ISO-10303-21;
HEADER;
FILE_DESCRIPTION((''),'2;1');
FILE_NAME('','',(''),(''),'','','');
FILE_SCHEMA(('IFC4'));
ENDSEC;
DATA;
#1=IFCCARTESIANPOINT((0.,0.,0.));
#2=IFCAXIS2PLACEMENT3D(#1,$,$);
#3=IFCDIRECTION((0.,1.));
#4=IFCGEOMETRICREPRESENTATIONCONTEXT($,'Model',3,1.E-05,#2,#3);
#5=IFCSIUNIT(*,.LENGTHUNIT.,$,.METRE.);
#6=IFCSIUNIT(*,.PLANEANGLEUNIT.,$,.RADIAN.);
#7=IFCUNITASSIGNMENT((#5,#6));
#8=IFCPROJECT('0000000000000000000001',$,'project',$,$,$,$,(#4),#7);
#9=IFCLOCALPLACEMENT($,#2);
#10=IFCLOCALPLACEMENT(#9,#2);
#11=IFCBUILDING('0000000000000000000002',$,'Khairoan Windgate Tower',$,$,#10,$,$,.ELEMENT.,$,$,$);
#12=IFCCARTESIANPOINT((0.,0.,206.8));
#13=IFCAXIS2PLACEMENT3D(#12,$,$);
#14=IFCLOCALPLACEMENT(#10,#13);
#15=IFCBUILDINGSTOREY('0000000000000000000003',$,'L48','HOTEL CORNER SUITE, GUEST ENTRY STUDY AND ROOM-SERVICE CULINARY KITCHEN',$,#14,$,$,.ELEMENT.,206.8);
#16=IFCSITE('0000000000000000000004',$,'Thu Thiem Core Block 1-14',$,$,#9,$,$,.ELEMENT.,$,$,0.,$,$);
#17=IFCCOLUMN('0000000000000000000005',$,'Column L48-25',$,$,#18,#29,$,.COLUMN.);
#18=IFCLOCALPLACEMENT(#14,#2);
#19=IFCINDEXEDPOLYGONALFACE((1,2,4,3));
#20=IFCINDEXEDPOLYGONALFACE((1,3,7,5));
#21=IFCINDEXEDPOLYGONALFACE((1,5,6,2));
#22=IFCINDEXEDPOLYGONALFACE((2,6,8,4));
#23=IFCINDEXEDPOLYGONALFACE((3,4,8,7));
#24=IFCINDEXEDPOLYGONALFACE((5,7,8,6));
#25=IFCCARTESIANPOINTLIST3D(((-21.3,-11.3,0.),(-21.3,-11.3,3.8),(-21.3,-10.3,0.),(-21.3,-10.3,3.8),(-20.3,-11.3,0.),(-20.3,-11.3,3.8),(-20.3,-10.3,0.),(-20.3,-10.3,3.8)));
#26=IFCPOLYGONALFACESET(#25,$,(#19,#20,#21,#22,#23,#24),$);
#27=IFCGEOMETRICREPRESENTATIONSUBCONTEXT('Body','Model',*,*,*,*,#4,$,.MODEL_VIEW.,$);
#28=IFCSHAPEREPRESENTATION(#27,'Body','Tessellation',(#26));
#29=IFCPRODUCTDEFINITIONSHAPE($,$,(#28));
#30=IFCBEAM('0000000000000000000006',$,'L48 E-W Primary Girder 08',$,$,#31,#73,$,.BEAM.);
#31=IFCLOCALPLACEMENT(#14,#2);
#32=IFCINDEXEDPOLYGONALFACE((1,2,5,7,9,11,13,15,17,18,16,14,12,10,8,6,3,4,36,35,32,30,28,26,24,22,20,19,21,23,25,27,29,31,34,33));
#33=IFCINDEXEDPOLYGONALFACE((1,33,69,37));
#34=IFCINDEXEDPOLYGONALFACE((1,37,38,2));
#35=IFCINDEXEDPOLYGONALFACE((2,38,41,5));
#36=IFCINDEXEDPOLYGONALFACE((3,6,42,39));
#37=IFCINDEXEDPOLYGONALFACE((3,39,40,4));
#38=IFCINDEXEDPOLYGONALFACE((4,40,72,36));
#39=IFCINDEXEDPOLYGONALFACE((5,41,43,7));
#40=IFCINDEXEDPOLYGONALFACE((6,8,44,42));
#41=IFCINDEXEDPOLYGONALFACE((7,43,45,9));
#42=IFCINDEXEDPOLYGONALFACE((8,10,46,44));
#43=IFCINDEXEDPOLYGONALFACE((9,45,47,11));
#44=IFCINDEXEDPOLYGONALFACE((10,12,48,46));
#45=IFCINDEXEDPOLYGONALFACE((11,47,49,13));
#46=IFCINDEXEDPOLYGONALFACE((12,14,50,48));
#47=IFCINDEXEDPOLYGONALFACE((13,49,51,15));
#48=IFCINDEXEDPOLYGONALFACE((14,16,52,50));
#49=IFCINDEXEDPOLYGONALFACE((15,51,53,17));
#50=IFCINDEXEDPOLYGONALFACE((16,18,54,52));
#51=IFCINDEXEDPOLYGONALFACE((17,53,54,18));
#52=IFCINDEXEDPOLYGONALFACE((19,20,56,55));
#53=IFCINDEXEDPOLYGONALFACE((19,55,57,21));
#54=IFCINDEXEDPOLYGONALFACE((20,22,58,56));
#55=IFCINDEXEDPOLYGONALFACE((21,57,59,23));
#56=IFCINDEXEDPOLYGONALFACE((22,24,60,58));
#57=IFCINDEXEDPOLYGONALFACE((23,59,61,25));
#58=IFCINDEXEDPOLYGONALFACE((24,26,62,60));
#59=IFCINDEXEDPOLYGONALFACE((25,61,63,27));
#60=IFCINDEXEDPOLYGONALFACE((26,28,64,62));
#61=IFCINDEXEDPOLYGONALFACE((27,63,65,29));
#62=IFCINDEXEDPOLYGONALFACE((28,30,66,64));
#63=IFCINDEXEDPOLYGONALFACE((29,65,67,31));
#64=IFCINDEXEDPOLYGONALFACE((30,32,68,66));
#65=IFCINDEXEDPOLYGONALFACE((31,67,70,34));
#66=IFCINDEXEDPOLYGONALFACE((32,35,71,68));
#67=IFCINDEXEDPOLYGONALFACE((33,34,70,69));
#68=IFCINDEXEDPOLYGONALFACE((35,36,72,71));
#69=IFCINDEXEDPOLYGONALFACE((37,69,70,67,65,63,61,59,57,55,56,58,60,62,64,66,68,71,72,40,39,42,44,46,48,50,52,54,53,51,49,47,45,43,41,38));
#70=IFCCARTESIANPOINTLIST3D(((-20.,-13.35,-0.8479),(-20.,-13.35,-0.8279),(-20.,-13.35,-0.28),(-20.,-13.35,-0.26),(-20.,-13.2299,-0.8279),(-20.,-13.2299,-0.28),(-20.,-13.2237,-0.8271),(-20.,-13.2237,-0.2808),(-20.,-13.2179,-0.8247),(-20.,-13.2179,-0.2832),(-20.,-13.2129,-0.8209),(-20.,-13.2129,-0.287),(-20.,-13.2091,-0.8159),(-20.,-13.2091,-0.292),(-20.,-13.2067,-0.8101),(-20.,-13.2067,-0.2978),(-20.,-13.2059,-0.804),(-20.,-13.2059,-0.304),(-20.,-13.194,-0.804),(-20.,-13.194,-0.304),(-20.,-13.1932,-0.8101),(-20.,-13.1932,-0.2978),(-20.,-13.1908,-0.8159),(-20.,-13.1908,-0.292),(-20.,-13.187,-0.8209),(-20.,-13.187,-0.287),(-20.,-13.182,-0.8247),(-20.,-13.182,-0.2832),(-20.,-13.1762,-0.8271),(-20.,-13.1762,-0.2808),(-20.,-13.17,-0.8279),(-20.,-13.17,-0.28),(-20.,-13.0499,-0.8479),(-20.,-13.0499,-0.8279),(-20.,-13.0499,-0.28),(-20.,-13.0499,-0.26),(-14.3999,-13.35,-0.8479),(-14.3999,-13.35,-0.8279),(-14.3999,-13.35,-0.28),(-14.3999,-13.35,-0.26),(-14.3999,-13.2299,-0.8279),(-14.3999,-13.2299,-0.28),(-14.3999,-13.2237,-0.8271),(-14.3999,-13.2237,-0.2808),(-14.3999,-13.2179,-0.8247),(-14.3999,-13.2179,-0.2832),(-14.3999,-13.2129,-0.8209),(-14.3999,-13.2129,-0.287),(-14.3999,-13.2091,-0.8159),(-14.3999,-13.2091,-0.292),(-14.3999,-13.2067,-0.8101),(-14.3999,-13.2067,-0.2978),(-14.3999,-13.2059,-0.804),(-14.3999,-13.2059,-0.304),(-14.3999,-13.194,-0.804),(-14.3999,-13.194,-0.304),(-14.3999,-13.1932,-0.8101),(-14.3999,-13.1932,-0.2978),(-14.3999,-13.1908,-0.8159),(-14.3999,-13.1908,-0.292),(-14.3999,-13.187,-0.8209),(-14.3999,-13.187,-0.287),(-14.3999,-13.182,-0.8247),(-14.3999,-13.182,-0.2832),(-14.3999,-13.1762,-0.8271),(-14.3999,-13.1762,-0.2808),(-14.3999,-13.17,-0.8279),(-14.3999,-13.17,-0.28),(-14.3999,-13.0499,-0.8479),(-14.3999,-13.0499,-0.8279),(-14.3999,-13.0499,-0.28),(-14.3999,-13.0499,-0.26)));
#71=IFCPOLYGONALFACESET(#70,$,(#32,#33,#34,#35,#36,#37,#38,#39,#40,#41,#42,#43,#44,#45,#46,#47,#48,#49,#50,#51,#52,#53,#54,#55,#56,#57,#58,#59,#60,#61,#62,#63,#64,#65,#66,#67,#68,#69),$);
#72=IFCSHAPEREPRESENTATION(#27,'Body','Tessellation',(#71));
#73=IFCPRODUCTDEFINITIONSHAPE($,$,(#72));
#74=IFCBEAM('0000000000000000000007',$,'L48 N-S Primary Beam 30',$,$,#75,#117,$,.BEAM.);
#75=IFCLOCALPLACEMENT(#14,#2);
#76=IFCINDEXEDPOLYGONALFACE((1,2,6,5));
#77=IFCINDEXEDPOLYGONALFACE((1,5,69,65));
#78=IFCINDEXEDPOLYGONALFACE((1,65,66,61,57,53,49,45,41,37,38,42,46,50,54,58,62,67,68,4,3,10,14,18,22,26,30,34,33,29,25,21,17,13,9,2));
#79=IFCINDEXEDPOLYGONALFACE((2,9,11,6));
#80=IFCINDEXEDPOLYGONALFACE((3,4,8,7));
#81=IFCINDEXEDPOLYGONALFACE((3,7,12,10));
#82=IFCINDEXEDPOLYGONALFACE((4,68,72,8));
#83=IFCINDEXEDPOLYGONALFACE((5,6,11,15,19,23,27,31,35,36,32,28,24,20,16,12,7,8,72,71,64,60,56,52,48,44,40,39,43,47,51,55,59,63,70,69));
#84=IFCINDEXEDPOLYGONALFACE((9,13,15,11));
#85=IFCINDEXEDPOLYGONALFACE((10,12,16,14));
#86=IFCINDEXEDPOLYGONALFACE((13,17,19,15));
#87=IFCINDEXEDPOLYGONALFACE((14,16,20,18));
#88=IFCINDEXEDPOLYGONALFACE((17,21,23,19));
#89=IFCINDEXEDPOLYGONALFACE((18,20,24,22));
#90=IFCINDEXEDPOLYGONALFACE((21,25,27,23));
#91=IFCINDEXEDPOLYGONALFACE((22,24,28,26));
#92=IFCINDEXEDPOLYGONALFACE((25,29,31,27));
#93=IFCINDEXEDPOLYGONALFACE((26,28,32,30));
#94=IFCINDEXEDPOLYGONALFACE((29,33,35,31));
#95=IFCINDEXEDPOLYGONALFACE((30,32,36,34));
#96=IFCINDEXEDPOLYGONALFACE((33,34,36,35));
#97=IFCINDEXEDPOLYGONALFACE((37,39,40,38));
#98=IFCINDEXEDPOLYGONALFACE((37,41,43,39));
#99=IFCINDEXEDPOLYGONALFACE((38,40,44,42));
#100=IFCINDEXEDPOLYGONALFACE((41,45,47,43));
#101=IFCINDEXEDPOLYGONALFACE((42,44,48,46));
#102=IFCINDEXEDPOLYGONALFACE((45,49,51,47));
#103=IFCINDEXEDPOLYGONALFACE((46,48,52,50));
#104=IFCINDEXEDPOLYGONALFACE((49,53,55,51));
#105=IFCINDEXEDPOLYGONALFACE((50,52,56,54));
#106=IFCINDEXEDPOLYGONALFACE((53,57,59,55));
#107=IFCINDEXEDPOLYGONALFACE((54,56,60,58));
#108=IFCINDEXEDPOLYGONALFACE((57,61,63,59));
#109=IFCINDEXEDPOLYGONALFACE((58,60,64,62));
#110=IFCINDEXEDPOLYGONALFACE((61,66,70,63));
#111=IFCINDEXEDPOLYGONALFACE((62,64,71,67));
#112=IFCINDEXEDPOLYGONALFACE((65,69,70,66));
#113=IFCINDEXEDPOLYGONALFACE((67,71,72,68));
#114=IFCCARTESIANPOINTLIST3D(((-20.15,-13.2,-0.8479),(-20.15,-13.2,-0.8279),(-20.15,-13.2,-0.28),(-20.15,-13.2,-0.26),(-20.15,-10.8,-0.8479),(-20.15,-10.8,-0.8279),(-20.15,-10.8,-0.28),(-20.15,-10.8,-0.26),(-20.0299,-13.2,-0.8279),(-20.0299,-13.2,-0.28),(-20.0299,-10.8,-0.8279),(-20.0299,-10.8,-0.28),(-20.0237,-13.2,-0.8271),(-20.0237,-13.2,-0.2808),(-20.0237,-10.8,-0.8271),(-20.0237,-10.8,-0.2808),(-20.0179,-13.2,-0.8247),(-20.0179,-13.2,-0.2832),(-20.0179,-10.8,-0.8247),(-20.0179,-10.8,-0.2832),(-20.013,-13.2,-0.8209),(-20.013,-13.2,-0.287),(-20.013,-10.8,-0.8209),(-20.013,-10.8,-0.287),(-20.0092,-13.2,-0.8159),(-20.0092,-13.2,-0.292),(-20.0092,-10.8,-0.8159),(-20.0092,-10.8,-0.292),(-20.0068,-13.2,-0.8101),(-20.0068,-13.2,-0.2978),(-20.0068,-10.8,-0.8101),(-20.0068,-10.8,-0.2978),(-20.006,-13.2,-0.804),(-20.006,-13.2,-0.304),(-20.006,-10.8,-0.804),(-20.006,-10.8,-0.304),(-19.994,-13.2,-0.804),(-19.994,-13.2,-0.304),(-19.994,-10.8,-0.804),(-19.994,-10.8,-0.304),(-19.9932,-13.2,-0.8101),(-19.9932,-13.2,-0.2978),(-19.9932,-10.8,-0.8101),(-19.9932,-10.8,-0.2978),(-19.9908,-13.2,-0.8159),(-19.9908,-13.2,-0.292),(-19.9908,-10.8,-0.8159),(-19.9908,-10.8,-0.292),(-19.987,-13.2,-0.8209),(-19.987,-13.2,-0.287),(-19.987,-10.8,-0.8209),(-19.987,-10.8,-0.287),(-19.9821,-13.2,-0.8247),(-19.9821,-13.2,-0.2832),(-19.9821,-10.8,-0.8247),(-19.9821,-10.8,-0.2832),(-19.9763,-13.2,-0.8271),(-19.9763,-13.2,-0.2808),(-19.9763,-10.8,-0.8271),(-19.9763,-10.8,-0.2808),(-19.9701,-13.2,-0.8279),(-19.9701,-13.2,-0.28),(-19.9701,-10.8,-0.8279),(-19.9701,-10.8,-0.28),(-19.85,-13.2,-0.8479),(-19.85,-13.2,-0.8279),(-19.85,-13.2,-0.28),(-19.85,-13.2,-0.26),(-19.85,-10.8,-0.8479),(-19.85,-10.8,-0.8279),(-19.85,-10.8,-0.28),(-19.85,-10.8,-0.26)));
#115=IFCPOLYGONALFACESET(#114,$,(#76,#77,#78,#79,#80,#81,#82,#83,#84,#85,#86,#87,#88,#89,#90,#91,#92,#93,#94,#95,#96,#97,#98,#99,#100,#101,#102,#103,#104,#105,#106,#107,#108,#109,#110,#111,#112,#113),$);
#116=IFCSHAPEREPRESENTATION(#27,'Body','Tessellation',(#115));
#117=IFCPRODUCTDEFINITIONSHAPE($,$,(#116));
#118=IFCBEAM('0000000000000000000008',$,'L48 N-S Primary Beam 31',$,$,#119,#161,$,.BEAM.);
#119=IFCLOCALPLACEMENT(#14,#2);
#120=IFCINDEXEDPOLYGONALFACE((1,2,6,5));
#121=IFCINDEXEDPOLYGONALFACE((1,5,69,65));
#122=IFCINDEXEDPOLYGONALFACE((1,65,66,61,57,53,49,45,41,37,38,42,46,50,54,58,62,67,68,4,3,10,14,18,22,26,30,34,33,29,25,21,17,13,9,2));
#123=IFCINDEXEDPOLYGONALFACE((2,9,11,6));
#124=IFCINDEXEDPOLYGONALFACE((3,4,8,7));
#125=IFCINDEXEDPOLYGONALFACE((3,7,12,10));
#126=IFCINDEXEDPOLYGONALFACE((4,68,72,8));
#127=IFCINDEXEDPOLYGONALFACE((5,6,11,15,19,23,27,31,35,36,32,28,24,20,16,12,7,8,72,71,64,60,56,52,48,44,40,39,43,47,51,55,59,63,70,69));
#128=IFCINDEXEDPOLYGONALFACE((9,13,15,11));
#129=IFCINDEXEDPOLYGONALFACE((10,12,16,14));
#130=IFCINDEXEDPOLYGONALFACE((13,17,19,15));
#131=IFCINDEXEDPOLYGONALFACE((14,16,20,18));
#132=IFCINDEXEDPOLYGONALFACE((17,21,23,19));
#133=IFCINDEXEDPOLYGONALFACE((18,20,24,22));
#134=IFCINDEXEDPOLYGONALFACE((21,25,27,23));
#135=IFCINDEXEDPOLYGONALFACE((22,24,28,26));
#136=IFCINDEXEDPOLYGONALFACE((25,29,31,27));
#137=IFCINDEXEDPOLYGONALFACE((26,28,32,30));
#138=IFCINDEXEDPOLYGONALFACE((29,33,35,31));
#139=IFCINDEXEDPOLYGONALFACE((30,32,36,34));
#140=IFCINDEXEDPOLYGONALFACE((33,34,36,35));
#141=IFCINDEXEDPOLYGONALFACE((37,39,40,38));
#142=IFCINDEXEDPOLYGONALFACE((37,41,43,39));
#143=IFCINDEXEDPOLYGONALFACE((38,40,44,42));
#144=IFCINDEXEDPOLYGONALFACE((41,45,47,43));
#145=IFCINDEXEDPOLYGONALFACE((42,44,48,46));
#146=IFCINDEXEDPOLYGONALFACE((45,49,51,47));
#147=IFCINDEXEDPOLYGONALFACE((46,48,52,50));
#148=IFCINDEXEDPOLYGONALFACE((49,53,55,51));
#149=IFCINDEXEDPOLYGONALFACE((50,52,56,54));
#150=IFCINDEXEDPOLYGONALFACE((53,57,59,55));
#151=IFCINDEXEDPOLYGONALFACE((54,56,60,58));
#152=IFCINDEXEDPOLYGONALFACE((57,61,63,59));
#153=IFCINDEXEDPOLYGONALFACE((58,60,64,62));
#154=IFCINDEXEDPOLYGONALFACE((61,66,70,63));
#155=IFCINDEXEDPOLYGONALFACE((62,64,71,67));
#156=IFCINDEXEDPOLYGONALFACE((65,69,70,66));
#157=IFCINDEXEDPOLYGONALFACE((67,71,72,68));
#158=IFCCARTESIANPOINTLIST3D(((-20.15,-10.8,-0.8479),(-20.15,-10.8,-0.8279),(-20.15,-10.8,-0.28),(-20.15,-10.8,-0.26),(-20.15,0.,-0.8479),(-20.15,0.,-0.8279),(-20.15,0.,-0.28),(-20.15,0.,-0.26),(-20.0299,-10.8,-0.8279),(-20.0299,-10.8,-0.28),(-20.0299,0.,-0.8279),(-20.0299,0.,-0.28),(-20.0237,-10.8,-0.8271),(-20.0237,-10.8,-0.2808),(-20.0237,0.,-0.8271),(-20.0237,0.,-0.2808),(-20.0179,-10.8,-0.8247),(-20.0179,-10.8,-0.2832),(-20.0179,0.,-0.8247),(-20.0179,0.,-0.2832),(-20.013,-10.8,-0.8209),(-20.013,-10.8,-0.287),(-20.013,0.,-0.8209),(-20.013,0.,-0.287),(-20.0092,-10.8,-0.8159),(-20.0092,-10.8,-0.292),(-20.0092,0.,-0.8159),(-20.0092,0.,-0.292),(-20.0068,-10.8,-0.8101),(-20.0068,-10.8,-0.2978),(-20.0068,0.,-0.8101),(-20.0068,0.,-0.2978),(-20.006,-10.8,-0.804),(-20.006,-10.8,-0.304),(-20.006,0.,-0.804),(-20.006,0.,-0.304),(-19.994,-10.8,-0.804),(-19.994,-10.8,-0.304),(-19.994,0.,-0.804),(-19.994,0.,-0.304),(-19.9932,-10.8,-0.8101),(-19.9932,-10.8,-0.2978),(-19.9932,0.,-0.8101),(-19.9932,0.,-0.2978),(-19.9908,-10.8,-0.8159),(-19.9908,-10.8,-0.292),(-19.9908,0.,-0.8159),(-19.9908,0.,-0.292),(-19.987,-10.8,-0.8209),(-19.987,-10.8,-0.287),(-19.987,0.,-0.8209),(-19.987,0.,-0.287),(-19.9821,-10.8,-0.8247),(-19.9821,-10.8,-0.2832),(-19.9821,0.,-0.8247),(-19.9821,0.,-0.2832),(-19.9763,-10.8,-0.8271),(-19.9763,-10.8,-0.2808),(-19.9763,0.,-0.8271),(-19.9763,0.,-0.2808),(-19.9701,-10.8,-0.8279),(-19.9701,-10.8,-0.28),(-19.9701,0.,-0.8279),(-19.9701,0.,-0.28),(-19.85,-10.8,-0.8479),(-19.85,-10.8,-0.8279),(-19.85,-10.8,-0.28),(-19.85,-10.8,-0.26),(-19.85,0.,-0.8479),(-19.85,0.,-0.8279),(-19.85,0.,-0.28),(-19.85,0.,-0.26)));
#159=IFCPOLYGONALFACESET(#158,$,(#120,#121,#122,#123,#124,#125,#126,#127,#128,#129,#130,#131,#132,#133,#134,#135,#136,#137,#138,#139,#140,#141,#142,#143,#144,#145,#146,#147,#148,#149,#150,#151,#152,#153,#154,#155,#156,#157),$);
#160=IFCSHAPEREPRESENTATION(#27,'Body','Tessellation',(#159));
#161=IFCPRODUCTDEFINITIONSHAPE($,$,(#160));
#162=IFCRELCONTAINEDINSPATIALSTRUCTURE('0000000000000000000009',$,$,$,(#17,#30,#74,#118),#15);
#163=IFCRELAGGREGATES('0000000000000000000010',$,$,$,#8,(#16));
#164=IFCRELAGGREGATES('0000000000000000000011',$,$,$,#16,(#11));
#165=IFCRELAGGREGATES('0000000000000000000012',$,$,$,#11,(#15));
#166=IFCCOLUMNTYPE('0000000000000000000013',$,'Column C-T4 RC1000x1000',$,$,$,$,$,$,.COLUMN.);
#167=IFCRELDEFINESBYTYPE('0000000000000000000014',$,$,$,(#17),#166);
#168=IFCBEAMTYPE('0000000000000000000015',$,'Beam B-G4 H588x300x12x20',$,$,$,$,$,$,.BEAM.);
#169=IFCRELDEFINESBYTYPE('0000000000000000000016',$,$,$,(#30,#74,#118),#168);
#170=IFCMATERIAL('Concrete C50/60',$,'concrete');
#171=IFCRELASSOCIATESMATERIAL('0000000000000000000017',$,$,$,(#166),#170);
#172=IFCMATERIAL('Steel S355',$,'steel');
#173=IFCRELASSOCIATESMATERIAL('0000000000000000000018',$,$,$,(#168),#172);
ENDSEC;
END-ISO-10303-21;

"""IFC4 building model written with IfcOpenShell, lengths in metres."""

from ifc_helpers import new_model, si_unit, direction, frame, origin, origin_2d, place, context, subcontext, project, spatial, rectangle, i_section, extrude, material, material_profile, profile_set, type_object, element, save


model = new_model("IFC4")

# Units and contexts
model_context = context("Model", 3, precision=1e-05, world=origin(), true_north=direction((0.0, 1.0)))
body_context = subcontext(model_context, "Body", "Model", "MODEL_VIEW")
ifc_project = project(units=[si_unit("LENGTHUNIT", "METRE"), si_unit("PLANEANGLEUNIT", "RADIAN")], contexts=[model_context])

# Site, building, storey
site_placement = place(None, origin())
site = spatial("IfcSite", under=ifc_project, at=site_placement, Name="Thu Thiem Core Block 1-14", CompositionType="ELEMENT", RefElevation=0.0)
building_placement = place(site_placement, origin())
building = spatial("IfcBuilding", under=site, at=building_placement, Name="Khairoan Windgate Tower", CompositionType="ELEMENT")
storey_placement = place(building_placement, frame((0.0, 0.0, 206.8)))
storey = spatial("IfcBuildingStorey", under=building, at=storey_placement, Name="L48", Description="HOTEL CORNER SUITE, GUEST ENTRY STUDY AND ROOM-SERVICE CULINARY KITCHEN", CompositionType="ELEMENT", Elevation=206.8)

# Column
ifc_material_1 = material(Name="Concrete C50/60", Category="concrete")
ifc_material_profile_1 = material_profile(ifc_material_1, rectangle(XDim=1.0, YDim=1.0, at=origin_2d()))
ifc_profile_set_1 = profile_set([ifc_material_profile_1], Name="Concrete C50/60")
column_type = type_object("IfcColumnType", Name="Column C-T4 RC1000x1000", PredefinedType="COLUMN", material=ifc_profile_set_1)
column_placement = place(storey_placement, frame((-20.8, -10.8, 0.0), z_axis=(0.0, 0.0, 1.0), x_axis=(1.0, 0.0, 0.0)))
element("IfcColumn", 1, at=column_placement, inside=storey, type_object=column_type, Name="Column L48-25", PredefinedType="COLUMN", context=body_context, shape_type="SweptSolid", body=[
    extrude(rectangle(XDim=1.0, YDim=1.0, at=origin_2d()), origin(), (0.0, 0.0, 1.0), 3.8),
])

# Beams
ifc_material_2 = material(Name="Steel S355", Category="steel")
ifc_material_profile_2 = material_profile(ifc_material_2, i_section(OverallWidth=0.3, OverallDepth=0.5879, WebThickness=0.012, FlangeThickness=0.02, FilletRadius=0.0239, at=origin_2d()))
ifc_profile_set_2 = profile_set([ifc_material_profile_2], Name="Steel S355")
beam_type_1 = type_object("IfcBeamType", Name="Beam B-G4 H588x300x12x20", PredefinedType="BEAM", material=ifc_profile_set_2)
beam_1_placement = place(storey_placement, frame((-20.0, -13.2, -0.554), z_axis=(1.0, 0.0, 0.0), x_axis=(0.0, 1.0, 0.0)))
element("IfcBeam", 2, at=beam_1_placement, inside=storey, type_object=beam_type_1, Name="L48 E-W Primary Girder 08", PredefinedType="BEAM", context=body_context, shape_type="SweptSolid", body=[
    extrude(i_section(OverallWidth=0.3, OverallDepth=0.5879, WebThickness=0.012, FlangeThickness=0.02, FilletRadius=0.0239, at=origin_2d()), origin(), (0.0, 0.0, 1.0), 5.6001),
])
beam_2_placement = place(storey_placement, frame((-20.0, -13.2, -0.554), z_axis=(0.0, 1.0, 0.0), x_axis=(-1.0, 0.0, 0.0)))
element("IfcBeam", 3, at=beam_2_placement, inside=storey, type_object=beam_type_1, Name="L48 N-S Primary Beam 30", PredefinedType="BEAM", context=body_context, shape_type="SweptSolid", body=[
    extrude(i_section(OverallWidth=0.3, OverallDepth=0.5879, WebThickness=0.012, FlangeThickness=0.02, FilletRadius=0.0239, at=origin_2d()), origin(), (0.0, 0.0, 1.0), 2.3999),
])
beam_3_placement = place(storey_placement, frame((-20.0, -10.8, -0.554), z_axis=(0.0, 1.0, 0.0), x_axis=(-1.0, 0.0, 0.0)))
element("IfcBeam", 4, at=beam_3_placement, inside=storey, type_object=beam_type_1, Name="L48 N-S Primary Beam 31", PredefinedType="BEAM", context=body_context, shape_type="SweptSolid", body=[
    extrude(i_section(OverallWidth=0.3, OverallDepth=0.5879, WebThickness=0.012, FlangeThickness=0.02, FilletRadius=0.0239, at=origin_2d()), origin(), (0.0, 0.0, 1.0), 10.8),
])

save(model, "model.ifc")
